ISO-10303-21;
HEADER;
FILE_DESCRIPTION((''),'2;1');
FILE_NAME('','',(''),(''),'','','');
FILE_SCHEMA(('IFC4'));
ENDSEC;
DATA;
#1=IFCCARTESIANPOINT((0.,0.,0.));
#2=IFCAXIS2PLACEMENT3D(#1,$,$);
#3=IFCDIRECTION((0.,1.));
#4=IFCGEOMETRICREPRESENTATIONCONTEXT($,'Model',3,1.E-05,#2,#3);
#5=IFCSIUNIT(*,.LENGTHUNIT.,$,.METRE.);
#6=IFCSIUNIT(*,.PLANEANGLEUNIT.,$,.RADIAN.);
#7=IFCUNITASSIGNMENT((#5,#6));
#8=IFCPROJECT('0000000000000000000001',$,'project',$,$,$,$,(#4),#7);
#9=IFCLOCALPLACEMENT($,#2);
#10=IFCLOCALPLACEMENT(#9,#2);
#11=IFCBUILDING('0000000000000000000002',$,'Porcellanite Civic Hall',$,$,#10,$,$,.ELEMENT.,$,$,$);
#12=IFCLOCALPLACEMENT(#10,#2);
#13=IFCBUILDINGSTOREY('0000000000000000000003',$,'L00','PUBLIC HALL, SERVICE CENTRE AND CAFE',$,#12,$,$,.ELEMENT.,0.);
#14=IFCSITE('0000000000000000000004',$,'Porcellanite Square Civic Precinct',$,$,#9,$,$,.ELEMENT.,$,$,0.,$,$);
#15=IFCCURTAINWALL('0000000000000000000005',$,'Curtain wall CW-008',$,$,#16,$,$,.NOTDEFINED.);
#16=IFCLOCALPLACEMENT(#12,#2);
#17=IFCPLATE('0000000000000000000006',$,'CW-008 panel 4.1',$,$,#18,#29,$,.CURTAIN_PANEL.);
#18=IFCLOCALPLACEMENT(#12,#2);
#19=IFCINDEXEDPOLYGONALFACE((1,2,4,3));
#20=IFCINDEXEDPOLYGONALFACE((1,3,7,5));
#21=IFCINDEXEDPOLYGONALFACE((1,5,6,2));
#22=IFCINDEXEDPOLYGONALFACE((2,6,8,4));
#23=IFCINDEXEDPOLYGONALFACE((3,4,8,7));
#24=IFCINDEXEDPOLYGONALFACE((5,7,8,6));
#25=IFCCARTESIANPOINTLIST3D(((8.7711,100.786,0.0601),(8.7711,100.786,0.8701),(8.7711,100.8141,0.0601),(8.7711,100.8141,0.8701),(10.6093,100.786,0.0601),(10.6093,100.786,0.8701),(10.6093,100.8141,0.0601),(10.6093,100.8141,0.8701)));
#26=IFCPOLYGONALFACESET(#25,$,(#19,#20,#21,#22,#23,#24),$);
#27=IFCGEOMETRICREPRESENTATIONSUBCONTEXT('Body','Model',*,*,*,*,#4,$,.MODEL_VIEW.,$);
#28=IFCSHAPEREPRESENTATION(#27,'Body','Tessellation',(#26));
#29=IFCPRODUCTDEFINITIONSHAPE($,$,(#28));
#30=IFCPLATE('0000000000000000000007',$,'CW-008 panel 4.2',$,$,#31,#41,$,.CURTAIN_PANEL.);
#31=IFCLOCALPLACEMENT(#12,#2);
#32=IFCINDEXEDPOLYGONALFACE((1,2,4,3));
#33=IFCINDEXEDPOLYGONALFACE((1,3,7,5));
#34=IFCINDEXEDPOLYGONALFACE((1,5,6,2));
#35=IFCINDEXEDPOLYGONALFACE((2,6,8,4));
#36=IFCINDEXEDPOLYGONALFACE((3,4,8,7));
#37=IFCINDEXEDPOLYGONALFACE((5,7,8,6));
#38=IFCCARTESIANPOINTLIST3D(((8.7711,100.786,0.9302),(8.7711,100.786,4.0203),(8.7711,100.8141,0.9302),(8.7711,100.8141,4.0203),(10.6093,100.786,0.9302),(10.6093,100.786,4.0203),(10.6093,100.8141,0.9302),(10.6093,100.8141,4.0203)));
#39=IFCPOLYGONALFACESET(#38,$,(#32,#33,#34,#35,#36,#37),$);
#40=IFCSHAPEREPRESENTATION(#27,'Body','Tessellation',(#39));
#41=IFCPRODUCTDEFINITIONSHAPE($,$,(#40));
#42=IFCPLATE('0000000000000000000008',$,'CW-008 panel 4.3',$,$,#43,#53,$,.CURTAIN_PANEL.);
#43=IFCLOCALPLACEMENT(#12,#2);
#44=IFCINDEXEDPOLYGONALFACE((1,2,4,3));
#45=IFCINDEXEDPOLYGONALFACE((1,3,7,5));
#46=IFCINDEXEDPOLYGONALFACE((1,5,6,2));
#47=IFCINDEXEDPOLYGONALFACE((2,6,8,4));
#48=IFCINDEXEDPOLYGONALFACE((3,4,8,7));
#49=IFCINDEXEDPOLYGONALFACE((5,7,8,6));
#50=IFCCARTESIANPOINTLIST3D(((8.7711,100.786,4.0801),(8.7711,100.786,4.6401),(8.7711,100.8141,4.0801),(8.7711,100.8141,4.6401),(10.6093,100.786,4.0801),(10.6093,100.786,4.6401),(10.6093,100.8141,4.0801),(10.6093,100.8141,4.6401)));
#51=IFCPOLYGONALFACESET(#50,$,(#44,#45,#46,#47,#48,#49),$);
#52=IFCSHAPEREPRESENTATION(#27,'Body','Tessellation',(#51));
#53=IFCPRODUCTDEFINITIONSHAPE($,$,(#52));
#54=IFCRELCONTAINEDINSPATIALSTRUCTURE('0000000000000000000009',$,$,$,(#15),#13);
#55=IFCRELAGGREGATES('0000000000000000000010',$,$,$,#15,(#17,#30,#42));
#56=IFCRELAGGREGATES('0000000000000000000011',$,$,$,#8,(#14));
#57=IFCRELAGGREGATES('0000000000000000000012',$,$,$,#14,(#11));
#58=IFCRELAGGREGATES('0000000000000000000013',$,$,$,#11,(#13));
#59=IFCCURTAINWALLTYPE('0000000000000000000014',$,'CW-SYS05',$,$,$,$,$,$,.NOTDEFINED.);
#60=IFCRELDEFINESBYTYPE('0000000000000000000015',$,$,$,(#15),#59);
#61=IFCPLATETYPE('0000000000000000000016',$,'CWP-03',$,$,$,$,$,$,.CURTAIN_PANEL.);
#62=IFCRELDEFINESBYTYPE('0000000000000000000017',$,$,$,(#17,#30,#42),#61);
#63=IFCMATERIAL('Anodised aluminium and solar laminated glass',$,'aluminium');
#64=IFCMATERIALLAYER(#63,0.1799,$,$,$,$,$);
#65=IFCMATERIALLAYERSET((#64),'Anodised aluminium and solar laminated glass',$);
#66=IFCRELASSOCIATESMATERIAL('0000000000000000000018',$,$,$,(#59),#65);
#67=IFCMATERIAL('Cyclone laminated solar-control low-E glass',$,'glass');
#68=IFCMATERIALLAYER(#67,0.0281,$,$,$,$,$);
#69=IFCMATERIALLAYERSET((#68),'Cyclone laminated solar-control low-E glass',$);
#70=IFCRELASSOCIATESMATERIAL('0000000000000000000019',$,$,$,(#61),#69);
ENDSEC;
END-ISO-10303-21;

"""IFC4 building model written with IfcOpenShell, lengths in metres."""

from ifc_helpers import new_model, si_unit, direction, frame, origin, origin_2d, place, context, subcontext, project, spatial, rectangle, extrude, material, layer, layer_set, type_object, element, aggregate, save


model = new_model("IFC4")

# Units and contexts
model_context = context("Model", 3, precision=1e-05, world=origin(), true_north=direction((0.0, 1.0)))
body_context = subcontext(model_context, "Body", "Model", "MODEL_VIEW")
ifc_project = project(units=[si_unit("LENGTHUNIT", "METRE"), si_unit("PLANEANGLEUNIT", "RADIAN")], contexts=[model_context])

# Site, building, storey
site_placement = place(None, origin())
site = spatial("IfcSite", under=ifc_project, at=site_placement, Name="Porcellanite Square Civic Precinct", CompositionType="ELEMENT", RefElevation=0.0)
building_placement = place(site_placement, origin())
building = spatial("IfcBuilding", under=site, at=building_placement, Name="Porcellanite Civic Hall", CompositionType="ELEMENT")
storey_placement = place(building_placement, origin())
storey = spatial("IfcBuildingStorey", under=building, at=storey_placement, Name="L00", Description="PUBLIC HALL, SERVICE CENTRE AND CAFE", CompositionType="ELEMENT", Elevation=0.0)

# Curtain wall
ifc_material_1 = material(Name="Anodised aluminium and solar laminated glass", Category="aluminium")
ifc_layer_1 = layer(ifc_material_1, 0.1799)
ifc_layer_set_1 = layer_set([ifc_layer_1], Name="Anodised aluminium and solar laminated glass")
curtain_wall_type = type_object("IfcCurtainWallType", Name="CW-SYS05", PredefinedType="NOTDEFINED", material=ifc_layer_set_1)
curtain_wall_1_placement = place(storey_placement, origin())
curtain_wall_1 = element("IfcCurtainWall", 1, at=curtain_wall_1_placement, inside=storey, type_object=curtain_wall_type, Name="Curtain wall CW-008", PredefinedType="NOTDEFINED")

# Plates
ifc_material_2 = material(Name="Cyclone laminated solar-control low-E glass", Category="glass")
ifc_layer_2 = layer(ifc_material_2, 0.0281)
ifc_layer_set_2 = layer_set([ifc_layer_2], Name="Cyclone laminated solar-control low-E glass")
plate_type = type_object("IfcPlateType", Name="CWP-03", PredefinedType="CURTAIN_PANEL", material=ifc_layer_set_2)
plate_1_placement = place(storey_placement, frame((9.6902, 100.8, 0.0601), z_axis=(0.0, 0.0, 1.0), x_axis=(-1.0, 0.0, 0.0)))
plate_1 = element("IfcPlate", 2, at=plate_1_placement, type_object=plate_type, Name="CW-008 panel 4.1", PredefinedType="CURTAIN_PANEL", context=body_context, shape_type="SweptSolid", body=[
    extrude(rectangle(XDim=1.8381, YDim=0.0281, at=origin_2d()), origin(), (0.0, 0.0, 1.0), 0.8101),
])
plate_2_placement = place(storey_placement, frame((9.6902, 100.8, 0.9302), z_axis=(0.0, 0.0, 1.0), x_axis=(-1.0, 0.0, 0.0)))
plate_2 = element("IfcPlate", 3, at=plate_2_placement, type_object=plate_type, Name="CW-008 panel 4.2", PredefinedType="CURTAIN_PANEL", context=body_context, shape_type="SweptSolid", body=[
    extrude(rectangle(XDim=1.8381, YDim=0.0281, at=origin_2d()), origin(), (0.0, 0.0, 1.0), 3.0901),
])
plate_3_placement = place(storey_placement, frame((9.6902, 100.8, 4.0801), z_axis=(0.0, 0.0, 1.0), x_axis=(-1.0, 0.0, 0.0)))
plate_3 = element("IfcPlate", 4, at=plate_3_placement, type_object=plate_type, Name="CW-008 panel 4.3", PredefinedType="CURTAIN_PANEL", context=body_context, shape_type="SweptSolid", body=[
    extrude(rectangle(XDim=1.8381, YDim=0.0281, at=origin_2d()), origin(), (0.0, 0.0, 1.0), 0.5601),
])
aggregate(curtain_wall_1, [plate_1, plate_2, plate_3])

save(model, "model.ifc")
